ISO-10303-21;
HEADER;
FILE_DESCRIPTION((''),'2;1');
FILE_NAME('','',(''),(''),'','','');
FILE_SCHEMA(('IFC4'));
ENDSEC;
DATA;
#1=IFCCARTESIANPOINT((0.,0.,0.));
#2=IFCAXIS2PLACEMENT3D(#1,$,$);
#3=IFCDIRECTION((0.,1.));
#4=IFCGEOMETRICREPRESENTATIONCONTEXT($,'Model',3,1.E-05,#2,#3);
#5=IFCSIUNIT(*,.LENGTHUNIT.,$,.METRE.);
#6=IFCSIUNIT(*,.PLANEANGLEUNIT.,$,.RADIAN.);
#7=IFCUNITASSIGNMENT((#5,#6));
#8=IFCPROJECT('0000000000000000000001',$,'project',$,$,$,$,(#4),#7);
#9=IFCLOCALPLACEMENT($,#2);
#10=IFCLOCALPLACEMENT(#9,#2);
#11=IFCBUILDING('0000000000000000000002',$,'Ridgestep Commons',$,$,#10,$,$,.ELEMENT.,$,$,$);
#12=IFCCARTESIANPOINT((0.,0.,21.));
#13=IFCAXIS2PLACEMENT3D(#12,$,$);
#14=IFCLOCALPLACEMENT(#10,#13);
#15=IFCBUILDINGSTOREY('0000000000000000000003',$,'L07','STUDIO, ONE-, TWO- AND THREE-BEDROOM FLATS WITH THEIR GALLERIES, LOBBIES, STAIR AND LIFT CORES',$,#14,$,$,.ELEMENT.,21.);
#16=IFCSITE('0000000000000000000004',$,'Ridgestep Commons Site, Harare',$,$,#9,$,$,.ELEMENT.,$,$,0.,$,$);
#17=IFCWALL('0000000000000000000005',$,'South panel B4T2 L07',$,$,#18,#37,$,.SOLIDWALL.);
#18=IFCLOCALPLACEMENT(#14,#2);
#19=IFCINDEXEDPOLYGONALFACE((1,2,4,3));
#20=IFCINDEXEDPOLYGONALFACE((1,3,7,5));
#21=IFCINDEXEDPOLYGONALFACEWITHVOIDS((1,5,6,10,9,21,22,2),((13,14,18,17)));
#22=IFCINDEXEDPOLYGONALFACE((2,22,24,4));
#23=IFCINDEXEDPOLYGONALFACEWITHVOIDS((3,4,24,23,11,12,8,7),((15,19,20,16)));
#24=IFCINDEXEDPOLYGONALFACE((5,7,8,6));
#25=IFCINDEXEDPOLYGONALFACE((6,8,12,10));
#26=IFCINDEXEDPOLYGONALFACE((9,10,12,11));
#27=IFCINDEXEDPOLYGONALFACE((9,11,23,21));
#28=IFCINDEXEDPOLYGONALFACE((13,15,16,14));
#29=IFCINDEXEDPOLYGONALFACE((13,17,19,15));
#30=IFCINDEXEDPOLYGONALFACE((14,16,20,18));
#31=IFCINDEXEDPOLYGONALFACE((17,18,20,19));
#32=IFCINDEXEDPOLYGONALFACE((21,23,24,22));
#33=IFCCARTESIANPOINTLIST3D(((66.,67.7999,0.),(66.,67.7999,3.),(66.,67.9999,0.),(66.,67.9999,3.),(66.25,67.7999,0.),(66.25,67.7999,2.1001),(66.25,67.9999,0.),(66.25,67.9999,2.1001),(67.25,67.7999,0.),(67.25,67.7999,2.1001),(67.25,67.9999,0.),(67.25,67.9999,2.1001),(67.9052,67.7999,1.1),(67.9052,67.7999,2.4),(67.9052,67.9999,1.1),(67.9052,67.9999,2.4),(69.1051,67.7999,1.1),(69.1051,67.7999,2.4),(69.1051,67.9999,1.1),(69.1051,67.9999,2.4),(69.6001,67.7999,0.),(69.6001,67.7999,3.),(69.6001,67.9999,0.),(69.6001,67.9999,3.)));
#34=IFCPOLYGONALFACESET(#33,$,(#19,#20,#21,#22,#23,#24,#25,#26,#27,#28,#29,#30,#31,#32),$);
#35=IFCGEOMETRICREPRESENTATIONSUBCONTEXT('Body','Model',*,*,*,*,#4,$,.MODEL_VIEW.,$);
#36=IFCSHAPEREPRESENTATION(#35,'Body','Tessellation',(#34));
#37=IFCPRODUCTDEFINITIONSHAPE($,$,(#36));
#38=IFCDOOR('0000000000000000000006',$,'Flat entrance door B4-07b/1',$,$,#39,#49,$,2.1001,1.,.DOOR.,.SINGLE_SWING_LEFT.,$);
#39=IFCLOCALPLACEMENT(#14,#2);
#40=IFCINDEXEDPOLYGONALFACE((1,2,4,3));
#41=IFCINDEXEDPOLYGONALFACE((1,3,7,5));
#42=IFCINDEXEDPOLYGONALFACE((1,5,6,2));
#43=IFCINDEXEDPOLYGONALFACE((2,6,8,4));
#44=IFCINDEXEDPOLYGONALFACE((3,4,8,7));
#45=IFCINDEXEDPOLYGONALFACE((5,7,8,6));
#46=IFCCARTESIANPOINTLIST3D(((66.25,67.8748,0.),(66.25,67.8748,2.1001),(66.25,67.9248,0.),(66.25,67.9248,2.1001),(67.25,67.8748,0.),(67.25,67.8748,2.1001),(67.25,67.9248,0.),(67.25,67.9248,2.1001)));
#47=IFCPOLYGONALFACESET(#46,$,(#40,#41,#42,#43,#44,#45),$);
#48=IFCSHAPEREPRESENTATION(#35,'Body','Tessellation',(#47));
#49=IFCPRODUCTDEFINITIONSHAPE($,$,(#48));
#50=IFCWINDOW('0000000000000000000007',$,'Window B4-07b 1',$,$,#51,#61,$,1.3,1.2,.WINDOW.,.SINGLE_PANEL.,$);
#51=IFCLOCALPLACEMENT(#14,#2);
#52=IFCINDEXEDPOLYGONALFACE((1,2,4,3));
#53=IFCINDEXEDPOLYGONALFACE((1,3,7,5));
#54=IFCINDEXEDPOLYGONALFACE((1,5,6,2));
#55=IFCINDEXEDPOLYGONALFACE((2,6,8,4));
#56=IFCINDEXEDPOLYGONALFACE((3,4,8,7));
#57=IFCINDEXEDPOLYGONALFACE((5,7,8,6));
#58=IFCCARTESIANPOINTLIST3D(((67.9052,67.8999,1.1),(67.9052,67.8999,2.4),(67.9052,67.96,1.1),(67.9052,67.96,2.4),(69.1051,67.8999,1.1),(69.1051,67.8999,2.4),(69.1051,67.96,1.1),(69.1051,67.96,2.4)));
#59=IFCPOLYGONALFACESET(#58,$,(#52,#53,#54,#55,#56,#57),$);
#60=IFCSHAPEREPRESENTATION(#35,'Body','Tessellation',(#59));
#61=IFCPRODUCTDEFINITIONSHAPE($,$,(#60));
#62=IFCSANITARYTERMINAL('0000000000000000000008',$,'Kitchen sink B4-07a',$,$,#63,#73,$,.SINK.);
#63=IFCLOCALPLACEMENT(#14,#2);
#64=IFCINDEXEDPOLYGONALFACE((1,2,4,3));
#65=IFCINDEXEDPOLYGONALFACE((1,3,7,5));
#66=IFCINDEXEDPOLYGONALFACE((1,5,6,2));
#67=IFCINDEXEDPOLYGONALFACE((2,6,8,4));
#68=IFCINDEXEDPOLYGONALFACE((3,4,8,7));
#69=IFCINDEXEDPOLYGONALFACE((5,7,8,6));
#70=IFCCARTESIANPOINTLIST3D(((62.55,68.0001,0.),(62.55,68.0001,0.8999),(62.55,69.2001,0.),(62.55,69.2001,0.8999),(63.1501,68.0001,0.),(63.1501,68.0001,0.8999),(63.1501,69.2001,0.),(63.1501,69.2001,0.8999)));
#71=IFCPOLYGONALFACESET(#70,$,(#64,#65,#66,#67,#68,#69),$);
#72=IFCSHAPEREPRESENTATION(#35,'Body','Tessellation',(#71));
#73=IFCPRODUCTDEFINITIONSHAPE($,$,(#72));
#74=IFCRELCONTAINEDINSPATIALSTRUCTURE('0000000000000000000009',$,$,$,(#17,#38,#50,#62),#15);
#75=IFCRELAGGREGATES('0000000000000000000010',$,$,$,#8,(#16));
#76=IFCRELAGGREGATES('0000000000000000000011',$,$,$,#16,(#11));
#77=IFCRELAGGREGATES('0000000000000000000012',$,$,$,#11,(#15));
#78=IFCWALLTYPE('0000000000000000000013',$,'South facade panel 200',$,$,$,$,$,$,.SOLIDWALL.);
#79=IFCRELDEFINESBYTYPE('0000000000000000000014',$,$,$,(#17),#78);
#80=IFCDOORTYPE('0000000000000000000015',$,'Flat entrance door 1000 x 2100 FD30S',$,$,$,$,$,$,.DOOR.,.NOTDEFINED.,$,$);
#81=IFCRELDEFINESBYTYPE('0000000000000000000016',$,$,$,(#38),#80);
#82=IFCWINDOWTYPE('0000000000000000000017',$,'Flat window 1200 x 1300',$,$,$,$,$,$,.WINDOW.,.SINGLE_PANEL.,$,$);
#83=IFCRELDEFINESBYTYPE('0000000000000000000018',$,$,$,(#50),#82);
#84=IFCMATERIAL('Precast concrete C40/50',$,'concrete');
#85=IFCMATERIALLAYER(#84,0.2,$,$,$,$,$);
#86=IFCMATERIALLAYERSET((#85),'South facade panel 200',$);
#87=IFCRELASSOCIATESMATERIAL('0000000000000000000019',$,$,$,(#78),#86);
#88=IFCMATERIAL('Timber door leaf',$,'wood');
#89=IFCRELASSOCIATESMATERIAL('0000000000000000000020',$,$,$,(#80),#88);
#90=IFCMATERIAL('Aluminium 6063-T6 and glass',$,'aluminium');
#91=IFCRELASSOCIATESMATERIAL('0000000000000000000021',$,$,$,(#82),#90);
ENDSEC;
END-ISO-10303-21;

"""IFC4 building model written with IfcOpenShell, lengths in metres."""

from ifc_helpers import new_model, si_unit, direction, frame, frame_2d, origin, origin_2d, place, context, subcontext, project, spatial, rectangle, extrude, material, layer, layer_set, type_object, element, fill, save


model = new_model("IFC4")

# Units and contexts
model_context = context("Model", 3, precision=1e-05, world=origin(), true_north=direction((0.0, 1.0)))
body_context = subcontext(model_context, "Body", "Model", "MODEL_VIEW")
ifc_project = project(units=[si_unit("LENGTHUNIT", "METRE"), si_unit("PLANEANGLEUNIT", "RADIAN")], contexts=[model_context])

# Site, building, storey
site_placement = place(None, origin())
site = spatial("IfcSite", under=ifc_project, at=site_placement, Name="Ridgestep Commons Site, Harare", CompositionType="ELEMENT", RefElevation=0.0)
building_placement = place(site_placement, origin())
building = spatial("IfcBuilding", under=site, at=building_placement, Name="Ridgestep Commons", CompositionType="ELEMENT")
storey_placement = place(building_placement, frame((0.0, 0.0, 21.0)))
storey = spatial("IfcBuildingStorey", under=building, at=storey_placement, Name="L07", Description="STUDIO, ONE-, TWO- AND THREE-BEDROOM FLATS WITH THEIR GALLERIES, LOBBIES, STAIR AND LIFT CORES", CompositionType="ELEMENT", Elevation=21.0)

# Wall, openings, door, window
ifc_material_1 = material(Name="Precast concrete C40/50", Category="concrete")
ifc_layer_1 = layer(ifc_material_1, 0.2)
ifc_layer_set_1 = layer_set([ifc_layer_1], Name="South facade panel 200")
wall_type_1 = type_object("IfcWallType", Name="South facade panel 200", PredefinedType="SOLIDWALL", material=ifc_layer_set_1)
ifc_material_2 = material(Name="Timber door leaf", Category="wood")
door_type_1 = type_object("IfcDoorType", Name="Flat entrance door 1000 x 2100 FD30S", OperationType="NOTDEFINED", PredefinedType="DOOR", material=ifc_material_2)
ifc_material_3 = material(Name="Aluminium 6063-T6 and glass", Category="aluminium")
window_type = type_object("IfcWindowType", Name="Flat window 1200 x 1300", PartitioningType="SINGLE_PANEL", PredefinedType="WINDOW", material=ifc_material_3)
wall_1_placement = place(storey_placement, frame((66.0, 67.8999, 0.0), z_axis=(0.0, 0.0, 1.0), x_axis=(1.0, 0.0, 0.0)))
wall_1 = element("IfcWall", 1, at=wall_1_placement, inside=storey, type_object=wall_type_1, Name="South panel B4T2 L07", PredefinedType="SOLIDWALL", context=body_context, shape_type="SweptSolid", body=[
    extrude(rectangle(XDim=3.6001, YDim=0.2, at=frame_2d((1.8, 0.0))), origin(), (0.0, 0.0, 1.0), 3.0),
])
opening_1_placement = place(wall_1_placement, frame((1.905, 0.0, 1.1001)))
opening_1 = element("IfcOpeningElement", 2, at=opening_1_placement, cuts=wall_1, PredefinedType="OPENING", context=body_context, shape_type="SweptSolid", body=[
    extrude(rectangle(XDim=1.2, YDim=1.3, at=frame_2d((0.6001, 0.6499))), frame((0.0, 0.1099, 0.0), z_axis=(0.0, -1.0, 0.0), x_axis=(1.0, 0.0, 0.0)), (0.0, 0.0, 1.0), 0.22),
])
opening_2_placement = place(wall_1_placement, frame((0.25, 0.0, 0.0)))
opening_2 = element("IfcOpeningElement", 3, at=opening_2_placement, cuts=wall_1, PredefinedType="OPENING", context=body_context, shape_type="SweptSolid", body=[
    extrude(rectangle(XDim=1.0, YDim=2.1001, at=frame_2d((0.5, 1.05))), frame((0.0, 0.1099, 0.0), z_axis=(0.0, -1.0, 0.0), x_axis=(1.0, 0.0, 0.0)), (0.0, 0.0, 1.0), 0.22),
])
door_1_placement = place(opening_2_placement, origin())
door_1 = element("IfcDoor", 4, at=door_1_placement, inside=storey, type_object=door_type_1, Name="Flat entrance door B4-07b/1", OperationType="SINGLE_SWING_LEFT", OverallHeight=2.1001, OverallWidth=1.0, PredefinedType="DOOR", context=body_context, shape_type="SweptSolid", body=[
    extrude(rectangle(XDim=1.0, YDim=2.1001, at=frame_2d((0.5, 1.05))), frame((0.0, 0.0249, 0.0), z_axis=(0.0, -1.0, 0.0), x_axis=(1.0, 0.0, 0.0)), (0.0, 0.0, 1.0), 0.05),
])
fill(opening_2, door_1)
window_1_placement = place(opening_1_placement, origin())
window_1 = element("IfcWindow", 5, at=window_1_placement, inside=storey, type_object=window_type, Name="Window B4-07b 1", OverallHeight=1.3, OverallWidth=1.2, PartitioningType="SINGLE_PANEL", PredefinedType="WINDOW", context=body_context, shape_type="SweptSolid", body=[
    extrude(rectangle(XDim=1.2, YDim=1.3, at=frame_2d((0.6001, 0.6499))), frame((0.0, 0.0601, 0.0), z_axis=(0.0, -1.0, 0.0), x_axis=(1.0, 0.0, 0.0)), (0.0, 0.0, 1.0), 0.0601),
])
fill(opening_1, window_1)

# Sanitary terminal
sanitary_terminal_placement = place(storey_placement, frame((62.8501, 68.6001, 0.0), z_axis=(0.0, 0.0, 1.0), x_axis=(1.0, 0.0, 0.0)))
element("IfcSanitaryTerminal", 6, at=sanitary_terminal_placement, inside=storey, Name="Kitchen sink B4-07a", PredefinedType="SINK", context=body_context, shape_type="SweptSolid", body=[
    extrude(rectangle(XDim=0.6001, YDim=1.2, at=origin_2d()), origin(), (0.0, 0.0, 1.0), 0.8999),
])

save(model, "model.ifc")
